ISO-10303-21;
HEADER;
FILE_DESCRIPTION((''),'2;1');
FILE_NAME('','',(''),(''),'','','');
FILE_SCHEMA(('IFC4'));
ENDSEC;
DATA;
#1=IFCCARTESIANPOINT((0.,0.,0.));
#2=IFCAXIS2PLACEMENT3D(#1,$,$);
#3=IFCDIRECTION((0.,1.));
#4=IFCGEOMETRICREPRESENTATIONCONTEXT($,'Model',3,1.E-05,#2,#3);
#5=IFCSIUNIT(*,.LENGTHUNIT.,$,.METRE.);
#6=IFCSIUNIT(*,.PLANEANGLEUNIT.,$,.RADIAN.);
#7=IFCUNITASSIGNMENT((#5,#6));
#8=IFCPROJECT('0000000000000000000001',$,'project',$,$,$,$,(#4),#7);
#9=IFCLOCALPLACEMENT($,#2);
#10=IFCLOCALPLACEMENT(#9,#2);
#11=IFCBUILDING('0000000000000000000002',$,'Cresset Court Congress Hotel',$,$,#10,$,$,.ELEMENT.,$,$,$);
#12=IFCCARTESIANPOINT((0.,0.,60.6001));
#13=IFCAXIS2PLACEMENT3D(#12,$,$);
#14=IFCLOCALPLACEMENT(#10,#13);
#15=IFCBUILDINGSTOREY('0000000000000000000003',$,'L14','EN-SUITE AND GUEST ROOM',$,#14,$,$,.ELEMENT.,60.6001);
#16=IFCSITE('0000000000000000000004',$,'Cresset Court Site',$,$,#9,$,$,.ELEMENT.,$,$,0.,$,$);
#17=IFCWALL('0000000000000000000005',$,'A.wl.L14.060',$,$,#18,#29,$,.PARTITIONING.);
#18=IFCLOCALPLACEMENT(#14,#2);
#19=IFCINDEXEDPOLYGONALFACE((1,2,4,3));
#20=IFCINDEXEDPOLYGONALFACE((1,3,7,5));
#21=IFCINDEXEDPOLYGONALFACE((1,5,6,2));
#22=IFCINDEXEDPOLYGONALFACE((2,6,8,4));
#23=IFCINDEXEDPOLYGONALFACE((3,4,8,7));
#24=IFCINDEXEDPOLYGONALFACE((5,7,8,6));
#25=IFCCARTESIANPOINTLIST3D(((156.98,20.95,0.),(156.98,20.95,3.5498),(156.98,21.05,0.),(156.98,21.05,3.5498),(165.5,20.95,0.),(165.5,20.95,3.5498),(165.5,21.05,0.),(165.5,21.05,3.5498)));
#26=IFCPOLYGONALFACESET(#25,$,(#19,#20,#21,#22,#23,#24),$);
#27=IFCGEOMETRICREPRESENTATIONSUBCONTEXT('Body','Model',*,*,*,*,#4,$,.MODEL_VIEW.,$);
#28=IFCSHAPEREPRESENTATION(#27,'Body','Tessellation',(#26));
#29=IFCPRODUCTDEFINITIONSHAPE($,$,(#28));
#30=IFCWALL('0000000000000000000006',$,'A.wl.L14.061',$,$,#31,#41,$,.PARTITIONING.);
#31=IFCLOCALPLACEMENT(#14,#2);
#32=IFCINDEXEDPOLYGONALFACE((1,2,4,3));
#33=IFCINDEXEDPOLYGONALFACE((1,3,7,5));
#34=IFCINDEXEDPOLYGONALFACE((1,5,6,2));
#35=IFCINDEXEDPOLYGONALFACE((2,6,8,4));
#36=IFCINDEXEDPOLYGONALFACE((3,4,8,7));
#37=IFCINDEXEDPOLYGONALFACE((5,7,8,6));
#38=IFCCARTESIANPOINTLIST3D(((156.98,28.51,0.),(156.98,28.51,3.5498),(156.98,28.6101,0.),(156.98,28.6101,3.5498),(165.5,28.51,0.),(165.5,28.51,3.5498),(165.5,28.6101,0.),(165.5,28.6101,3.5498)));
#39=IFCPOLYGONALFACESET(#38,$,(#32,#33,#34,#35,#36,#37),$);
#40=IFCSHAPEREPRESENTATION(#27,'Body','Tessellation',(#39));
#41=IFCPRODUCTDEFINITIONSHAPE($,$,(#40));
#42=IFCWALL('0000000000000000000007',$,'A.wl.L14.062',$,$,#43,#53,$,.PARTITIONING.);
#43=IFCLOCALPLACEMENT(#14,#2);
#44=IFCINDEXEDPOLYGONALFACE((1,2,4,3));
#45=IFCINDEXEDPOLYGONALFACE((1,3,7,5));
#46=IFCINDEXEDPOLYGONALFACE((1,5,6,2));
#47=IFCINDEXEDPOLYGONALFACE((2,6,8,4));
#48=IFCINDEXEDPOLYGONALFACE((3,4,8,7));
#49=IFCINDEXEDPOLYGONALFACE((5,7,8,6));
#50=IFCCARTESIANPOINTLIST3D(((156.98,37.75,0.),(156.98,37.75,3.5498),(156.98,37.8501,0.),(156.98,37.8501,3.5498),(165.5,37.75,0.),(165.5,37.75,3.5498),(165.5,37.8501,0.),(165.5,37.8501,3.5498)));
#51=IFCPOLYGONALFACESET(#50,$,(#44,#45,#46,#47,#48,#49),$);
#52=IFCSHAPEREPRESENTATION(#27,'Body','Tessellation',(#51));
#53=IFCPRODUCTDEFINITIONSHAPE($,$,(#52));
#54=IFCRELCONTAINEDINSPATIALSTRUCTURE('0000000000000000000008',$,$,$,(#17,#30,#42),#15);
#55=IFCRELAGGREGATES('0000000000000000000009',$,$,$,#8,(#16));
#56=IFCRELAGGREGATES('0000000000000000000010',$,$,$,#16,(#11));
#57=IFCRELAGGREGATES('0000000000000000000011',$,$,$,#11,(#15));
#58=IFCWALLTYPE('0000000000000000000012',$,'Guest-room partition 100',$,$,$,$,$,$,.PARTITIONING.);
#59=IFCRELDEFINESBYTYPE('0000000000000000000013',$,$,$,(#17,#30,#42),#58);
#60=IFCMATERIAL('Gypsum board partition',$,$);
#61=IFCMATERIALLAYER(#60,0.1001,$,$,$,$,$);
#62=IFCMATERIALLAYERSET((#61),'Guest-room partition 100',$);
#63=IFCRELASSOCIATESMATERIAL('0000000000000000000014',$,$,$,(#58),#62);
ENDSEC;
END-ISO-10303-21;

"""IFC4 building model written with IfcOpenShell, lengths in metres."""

from ifc_helpers import new_model, si_unit, direction, frame, frame_2d, origin, place, context, subcontext, project, spatial, rectangle, extrude, material, layer, layer_set, type_object, element, save


model = new_model("IFC4")

# Units and contexts
model_context = context("Model", 3, precision=1e-05, world=origin(), true_north=direction((0.0, 1.0)))
body_context = subcontext(model_context, "Body", "Model", "MODEL_VIEW")
ifc_project = project(units=[si_unit("LENGTHUNIT", "METRE"), si_unit("PLANEANGLEUNIT", "RADIAN")], contexts=[model_context])

# Site, building, storey
site_placement = place(None, origin())
site = spatial("IfcSite", under=ifc_project, at=site_placement, Name="Cresset Court Site", CompositionType="ELEMENT", RefElevation=0.0)
building_placement = place(site_placement, origin())
building = spatial("IfcBuilding", under=site, at=building_placement, Name="Cresset Court Congress Hotel", CompositionType="ELEMENT")
storey_placement = place(building_placement, frame((0.0, 0.0, 60.6001)))
storey = spatial("IfcBuildingStorey", under=building, at=storey_placement, Name="L14", Description="EN-SUITE AND GUEST ROOM", CompositionType="ELEMENT", Elevation=60.6001)

# Walls
ifc_material_1 = material(Name="Gypsum board partition")
ifc_layer = layer(ifc_material_1, 0.1001)
ifc_layer_set = layer_set([ifc_layer], Name="Guest-room partition 100")
wall_type = type_object("IfcWallType", Name="Guest-room partition 100", PredefinedType="PARTITIONING", material=ifc_layer_set)
for number, where, z_axis, x_axis, name in (
    (1, (156.98, 21.0, 0.0), (0.0, 0.0, 1.0), (1.0, 0.0, 0.0), "A.wl.L14.060"),
    (2, (156.98, 28.5601, 0.0), (0.0, 0.0, 1.0), (1.0, 0.0, 0.0), "A.wl.L14.061"),
    (3, (156.98, 37.8, 0.0), (0.0, 0.0, 1.0), (1.0, 0.0, 0.0), "A.wl.L14.062"),
):
    element("IfcWall", number, at=place(storey_placement, frame(where, z_axis=z_axis, x_axis=x_axis)), inside=storey, type_object=wall_type, Name=name, PredefinedType="PARTITIONING", context=body_context, shape_type="SweptSolid", body=[
        extrude(rectangle(XDim=8.52, YDim=0.1001, at=frame_2d((4.26, 0.0))), origin(), (0.0, 0.0, 1.0), 3.5498),
    ])

save(model, "model.ifc")
